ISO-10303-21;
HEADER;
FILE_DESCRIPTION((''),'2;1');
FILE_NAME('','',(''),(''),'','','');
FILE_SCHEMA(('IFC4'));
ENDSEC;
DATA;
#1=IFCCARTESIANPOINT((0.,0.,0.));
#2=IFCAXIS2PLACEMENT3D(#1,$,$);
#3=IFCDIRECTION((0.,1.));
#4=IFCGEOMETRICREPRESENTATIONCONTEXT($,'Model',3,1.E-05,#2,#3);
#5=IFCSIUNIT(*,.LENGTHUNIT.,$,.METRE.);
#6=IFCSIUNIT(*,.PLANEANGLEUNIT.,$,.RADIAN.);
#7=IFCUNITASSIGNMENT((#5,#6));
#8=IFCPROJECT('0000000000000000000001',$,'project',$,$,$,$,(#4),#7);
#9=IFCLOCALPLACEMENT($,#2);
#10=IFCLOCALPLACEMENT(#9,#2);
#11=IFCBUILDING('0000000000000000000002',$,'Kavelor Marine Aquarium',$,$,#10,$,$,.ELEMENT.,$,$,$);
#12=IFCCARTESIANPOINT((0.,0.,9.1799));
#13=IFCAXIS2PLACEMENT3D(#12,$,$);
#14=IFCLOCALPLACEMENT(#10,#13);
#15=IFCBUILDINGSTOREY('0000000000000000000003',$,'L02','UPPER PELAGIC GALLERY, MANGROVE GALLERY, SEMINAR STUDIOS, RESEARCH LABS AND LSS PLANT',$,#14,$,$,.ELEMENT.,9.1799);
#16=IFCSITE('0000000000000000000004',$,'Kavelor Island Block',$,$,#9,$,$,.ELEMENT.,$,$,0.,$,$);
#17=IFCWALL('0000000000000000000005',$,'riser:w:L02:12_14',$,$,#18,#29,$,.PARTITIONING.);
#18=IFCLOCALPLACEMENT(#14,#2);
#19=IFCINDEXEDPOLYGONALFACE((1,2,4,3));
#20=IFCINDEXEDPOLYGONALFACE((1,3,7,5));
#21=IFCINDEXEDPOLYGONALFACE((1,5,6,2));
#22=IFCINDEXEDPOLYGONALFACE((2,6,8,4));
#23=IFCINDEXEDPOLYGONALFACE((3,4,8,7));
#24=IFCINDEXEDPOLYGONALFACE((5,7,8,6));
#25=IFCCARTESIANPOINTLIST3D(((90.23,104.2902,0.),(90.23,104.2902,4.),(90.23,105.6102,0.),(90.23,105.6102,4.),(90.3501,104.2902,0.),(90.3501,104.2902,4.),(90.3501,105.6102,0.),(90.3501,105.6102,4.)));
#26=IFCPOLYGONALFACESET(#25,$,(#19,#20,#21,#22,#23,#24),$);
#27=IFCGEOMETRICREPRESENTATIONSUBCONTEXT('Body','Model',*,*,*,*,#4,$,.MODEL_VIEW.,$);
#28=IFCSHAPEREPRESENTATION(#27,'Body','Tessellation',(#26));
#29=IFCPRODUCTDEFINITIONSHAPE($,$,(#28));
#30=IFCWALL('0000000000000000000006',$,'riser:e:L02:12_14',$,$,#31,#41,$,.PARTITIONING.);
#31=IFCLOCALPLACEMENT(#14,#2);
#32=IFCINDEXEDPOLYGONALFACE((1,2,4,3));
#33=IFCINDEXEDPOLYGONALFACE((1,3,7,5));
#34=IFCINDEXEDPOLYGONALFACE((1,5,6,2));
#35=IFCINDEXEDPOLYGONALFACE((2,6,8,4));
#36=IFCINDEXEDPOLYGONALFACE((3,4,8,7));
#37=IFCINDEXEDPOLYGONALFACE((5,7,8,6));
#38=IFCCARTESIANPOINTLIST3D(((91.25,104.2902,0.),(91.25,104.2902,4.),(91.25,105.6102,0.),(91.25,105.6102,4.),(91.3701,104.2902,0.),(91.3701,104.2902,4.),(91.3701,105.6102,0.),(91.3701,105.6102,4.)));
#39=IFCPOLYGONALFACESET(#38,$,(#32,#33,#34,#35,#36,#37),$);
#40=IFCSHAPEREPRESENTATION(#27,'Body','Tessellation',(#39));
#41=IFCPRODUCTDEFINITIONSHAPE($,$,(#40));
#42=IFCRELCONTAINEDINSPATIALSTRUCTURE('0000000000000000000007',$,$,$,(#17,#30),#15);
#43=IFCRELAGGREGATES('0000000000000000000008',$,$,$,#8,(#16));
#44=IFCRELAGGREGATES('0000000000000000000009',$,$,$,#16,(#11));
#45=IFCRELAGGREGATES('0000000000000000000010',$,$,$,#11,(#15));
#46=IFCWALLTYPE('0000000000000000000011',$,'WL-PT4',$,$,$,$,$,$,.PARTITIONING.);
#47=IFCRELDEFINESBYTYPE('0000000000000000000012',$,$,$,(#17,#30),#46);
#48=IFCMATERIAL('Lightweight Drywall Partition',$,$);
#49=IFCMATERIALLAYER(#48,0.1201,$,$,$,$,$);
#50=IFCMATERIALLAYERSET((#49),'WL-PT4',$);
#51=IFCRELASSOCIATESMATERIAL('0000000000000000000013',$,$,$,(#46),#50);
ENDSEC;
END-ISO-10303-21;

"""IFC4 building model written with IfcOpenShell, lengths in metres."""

from ifc_helpers import new_model, si_unit, direction, frame, frame_2d, origin, place, context, subcontext, project, spatial, rectangle, extrude, material, layer, layer_set, type_object, element, save


model = new_model("IFC4")

# Units and contexts
model_context = context("Model", 3, precision=1e-05, world=origin(), true_north=direction((0.0, 1.0)))
body_context = subcontext(model_context, "Body", "Model", "MODEL_VIEW")
ifc_project = project(units=[si_unit("LENGTHUNIT", "METRE"), si_unit("PLANEANGLEUNIT", "RADIAN")], contexts=[model_context])

# Site, building, storey
site_placement = place(None, origin())
site = spatial("IfcSite", under=ifc_project, at=site_placement, Name="Kavelor Island Block", CompositionType="ELEMENT", RefElevation=0.0)
building_placement = place(site_placement, origin())
building = spatial("IfcBuilding", under=site, at=building_placement, Name="Kavelor Marine Aquarium", CompositionType="ELEMENT")
storey_placement = place(building_placement, frame((0.0, 0.0, 9.1799)))
storey = spatial("IfcBuildingStorey", under=building, at=storey_placement, Name="L02", Description="UPPER PELAGIC GALLERY, MANGROVE GALLERY, SEMINAR STUDIOS, RESEARCH LABS AND LSS PLANT", CompositionType="ELEMENT", Elevation=9.1799)

# Walls
ifc_material_1 = material(Name="Lightweight Drywall Partition")
ifc_layer_1 = layer(ifc_material_1, 0.1201)
ifc_layer_set_1 = layer_set([ifc_layer_1], Name="WL-PT4")
wall_type_1 = type_object("IfcWallType", Name="WL-PT4", PredefinedType="PARTITIONING", material=ifc_layer_set_1)
for number, where, z_axis, x_axis, name in (
    (1, (90.29, 104.29, 0.0), (0.0, 0.0, 1.0), (0.0, 1.0, 0.0), "riser:w:L02:12_14"),
    (2, (91.3101, 104.29, 0.0), (0.0, 0.0, 1.0), (0.0, 1.0, 0.0), "riser:e:L02:12_14"),
):
    element("IfcWall", number, at=place(storey_placement, frame(where, z_axis=z_axis, x_axis=x_axis)), inside=storey, type_object=wall_type_1, Name=name, PredefinedType="PARTITIONING", context=body_context, shape_type="SweptSolid", body=[
        extrude(rectangle(XDim=1.3201, YDim=0.1201, at=frame_2d((0.6602, 0.0))), origin(), (0.0, 0.0, 1.0), 4.0),
    ])

save(model, "model.ifc")
